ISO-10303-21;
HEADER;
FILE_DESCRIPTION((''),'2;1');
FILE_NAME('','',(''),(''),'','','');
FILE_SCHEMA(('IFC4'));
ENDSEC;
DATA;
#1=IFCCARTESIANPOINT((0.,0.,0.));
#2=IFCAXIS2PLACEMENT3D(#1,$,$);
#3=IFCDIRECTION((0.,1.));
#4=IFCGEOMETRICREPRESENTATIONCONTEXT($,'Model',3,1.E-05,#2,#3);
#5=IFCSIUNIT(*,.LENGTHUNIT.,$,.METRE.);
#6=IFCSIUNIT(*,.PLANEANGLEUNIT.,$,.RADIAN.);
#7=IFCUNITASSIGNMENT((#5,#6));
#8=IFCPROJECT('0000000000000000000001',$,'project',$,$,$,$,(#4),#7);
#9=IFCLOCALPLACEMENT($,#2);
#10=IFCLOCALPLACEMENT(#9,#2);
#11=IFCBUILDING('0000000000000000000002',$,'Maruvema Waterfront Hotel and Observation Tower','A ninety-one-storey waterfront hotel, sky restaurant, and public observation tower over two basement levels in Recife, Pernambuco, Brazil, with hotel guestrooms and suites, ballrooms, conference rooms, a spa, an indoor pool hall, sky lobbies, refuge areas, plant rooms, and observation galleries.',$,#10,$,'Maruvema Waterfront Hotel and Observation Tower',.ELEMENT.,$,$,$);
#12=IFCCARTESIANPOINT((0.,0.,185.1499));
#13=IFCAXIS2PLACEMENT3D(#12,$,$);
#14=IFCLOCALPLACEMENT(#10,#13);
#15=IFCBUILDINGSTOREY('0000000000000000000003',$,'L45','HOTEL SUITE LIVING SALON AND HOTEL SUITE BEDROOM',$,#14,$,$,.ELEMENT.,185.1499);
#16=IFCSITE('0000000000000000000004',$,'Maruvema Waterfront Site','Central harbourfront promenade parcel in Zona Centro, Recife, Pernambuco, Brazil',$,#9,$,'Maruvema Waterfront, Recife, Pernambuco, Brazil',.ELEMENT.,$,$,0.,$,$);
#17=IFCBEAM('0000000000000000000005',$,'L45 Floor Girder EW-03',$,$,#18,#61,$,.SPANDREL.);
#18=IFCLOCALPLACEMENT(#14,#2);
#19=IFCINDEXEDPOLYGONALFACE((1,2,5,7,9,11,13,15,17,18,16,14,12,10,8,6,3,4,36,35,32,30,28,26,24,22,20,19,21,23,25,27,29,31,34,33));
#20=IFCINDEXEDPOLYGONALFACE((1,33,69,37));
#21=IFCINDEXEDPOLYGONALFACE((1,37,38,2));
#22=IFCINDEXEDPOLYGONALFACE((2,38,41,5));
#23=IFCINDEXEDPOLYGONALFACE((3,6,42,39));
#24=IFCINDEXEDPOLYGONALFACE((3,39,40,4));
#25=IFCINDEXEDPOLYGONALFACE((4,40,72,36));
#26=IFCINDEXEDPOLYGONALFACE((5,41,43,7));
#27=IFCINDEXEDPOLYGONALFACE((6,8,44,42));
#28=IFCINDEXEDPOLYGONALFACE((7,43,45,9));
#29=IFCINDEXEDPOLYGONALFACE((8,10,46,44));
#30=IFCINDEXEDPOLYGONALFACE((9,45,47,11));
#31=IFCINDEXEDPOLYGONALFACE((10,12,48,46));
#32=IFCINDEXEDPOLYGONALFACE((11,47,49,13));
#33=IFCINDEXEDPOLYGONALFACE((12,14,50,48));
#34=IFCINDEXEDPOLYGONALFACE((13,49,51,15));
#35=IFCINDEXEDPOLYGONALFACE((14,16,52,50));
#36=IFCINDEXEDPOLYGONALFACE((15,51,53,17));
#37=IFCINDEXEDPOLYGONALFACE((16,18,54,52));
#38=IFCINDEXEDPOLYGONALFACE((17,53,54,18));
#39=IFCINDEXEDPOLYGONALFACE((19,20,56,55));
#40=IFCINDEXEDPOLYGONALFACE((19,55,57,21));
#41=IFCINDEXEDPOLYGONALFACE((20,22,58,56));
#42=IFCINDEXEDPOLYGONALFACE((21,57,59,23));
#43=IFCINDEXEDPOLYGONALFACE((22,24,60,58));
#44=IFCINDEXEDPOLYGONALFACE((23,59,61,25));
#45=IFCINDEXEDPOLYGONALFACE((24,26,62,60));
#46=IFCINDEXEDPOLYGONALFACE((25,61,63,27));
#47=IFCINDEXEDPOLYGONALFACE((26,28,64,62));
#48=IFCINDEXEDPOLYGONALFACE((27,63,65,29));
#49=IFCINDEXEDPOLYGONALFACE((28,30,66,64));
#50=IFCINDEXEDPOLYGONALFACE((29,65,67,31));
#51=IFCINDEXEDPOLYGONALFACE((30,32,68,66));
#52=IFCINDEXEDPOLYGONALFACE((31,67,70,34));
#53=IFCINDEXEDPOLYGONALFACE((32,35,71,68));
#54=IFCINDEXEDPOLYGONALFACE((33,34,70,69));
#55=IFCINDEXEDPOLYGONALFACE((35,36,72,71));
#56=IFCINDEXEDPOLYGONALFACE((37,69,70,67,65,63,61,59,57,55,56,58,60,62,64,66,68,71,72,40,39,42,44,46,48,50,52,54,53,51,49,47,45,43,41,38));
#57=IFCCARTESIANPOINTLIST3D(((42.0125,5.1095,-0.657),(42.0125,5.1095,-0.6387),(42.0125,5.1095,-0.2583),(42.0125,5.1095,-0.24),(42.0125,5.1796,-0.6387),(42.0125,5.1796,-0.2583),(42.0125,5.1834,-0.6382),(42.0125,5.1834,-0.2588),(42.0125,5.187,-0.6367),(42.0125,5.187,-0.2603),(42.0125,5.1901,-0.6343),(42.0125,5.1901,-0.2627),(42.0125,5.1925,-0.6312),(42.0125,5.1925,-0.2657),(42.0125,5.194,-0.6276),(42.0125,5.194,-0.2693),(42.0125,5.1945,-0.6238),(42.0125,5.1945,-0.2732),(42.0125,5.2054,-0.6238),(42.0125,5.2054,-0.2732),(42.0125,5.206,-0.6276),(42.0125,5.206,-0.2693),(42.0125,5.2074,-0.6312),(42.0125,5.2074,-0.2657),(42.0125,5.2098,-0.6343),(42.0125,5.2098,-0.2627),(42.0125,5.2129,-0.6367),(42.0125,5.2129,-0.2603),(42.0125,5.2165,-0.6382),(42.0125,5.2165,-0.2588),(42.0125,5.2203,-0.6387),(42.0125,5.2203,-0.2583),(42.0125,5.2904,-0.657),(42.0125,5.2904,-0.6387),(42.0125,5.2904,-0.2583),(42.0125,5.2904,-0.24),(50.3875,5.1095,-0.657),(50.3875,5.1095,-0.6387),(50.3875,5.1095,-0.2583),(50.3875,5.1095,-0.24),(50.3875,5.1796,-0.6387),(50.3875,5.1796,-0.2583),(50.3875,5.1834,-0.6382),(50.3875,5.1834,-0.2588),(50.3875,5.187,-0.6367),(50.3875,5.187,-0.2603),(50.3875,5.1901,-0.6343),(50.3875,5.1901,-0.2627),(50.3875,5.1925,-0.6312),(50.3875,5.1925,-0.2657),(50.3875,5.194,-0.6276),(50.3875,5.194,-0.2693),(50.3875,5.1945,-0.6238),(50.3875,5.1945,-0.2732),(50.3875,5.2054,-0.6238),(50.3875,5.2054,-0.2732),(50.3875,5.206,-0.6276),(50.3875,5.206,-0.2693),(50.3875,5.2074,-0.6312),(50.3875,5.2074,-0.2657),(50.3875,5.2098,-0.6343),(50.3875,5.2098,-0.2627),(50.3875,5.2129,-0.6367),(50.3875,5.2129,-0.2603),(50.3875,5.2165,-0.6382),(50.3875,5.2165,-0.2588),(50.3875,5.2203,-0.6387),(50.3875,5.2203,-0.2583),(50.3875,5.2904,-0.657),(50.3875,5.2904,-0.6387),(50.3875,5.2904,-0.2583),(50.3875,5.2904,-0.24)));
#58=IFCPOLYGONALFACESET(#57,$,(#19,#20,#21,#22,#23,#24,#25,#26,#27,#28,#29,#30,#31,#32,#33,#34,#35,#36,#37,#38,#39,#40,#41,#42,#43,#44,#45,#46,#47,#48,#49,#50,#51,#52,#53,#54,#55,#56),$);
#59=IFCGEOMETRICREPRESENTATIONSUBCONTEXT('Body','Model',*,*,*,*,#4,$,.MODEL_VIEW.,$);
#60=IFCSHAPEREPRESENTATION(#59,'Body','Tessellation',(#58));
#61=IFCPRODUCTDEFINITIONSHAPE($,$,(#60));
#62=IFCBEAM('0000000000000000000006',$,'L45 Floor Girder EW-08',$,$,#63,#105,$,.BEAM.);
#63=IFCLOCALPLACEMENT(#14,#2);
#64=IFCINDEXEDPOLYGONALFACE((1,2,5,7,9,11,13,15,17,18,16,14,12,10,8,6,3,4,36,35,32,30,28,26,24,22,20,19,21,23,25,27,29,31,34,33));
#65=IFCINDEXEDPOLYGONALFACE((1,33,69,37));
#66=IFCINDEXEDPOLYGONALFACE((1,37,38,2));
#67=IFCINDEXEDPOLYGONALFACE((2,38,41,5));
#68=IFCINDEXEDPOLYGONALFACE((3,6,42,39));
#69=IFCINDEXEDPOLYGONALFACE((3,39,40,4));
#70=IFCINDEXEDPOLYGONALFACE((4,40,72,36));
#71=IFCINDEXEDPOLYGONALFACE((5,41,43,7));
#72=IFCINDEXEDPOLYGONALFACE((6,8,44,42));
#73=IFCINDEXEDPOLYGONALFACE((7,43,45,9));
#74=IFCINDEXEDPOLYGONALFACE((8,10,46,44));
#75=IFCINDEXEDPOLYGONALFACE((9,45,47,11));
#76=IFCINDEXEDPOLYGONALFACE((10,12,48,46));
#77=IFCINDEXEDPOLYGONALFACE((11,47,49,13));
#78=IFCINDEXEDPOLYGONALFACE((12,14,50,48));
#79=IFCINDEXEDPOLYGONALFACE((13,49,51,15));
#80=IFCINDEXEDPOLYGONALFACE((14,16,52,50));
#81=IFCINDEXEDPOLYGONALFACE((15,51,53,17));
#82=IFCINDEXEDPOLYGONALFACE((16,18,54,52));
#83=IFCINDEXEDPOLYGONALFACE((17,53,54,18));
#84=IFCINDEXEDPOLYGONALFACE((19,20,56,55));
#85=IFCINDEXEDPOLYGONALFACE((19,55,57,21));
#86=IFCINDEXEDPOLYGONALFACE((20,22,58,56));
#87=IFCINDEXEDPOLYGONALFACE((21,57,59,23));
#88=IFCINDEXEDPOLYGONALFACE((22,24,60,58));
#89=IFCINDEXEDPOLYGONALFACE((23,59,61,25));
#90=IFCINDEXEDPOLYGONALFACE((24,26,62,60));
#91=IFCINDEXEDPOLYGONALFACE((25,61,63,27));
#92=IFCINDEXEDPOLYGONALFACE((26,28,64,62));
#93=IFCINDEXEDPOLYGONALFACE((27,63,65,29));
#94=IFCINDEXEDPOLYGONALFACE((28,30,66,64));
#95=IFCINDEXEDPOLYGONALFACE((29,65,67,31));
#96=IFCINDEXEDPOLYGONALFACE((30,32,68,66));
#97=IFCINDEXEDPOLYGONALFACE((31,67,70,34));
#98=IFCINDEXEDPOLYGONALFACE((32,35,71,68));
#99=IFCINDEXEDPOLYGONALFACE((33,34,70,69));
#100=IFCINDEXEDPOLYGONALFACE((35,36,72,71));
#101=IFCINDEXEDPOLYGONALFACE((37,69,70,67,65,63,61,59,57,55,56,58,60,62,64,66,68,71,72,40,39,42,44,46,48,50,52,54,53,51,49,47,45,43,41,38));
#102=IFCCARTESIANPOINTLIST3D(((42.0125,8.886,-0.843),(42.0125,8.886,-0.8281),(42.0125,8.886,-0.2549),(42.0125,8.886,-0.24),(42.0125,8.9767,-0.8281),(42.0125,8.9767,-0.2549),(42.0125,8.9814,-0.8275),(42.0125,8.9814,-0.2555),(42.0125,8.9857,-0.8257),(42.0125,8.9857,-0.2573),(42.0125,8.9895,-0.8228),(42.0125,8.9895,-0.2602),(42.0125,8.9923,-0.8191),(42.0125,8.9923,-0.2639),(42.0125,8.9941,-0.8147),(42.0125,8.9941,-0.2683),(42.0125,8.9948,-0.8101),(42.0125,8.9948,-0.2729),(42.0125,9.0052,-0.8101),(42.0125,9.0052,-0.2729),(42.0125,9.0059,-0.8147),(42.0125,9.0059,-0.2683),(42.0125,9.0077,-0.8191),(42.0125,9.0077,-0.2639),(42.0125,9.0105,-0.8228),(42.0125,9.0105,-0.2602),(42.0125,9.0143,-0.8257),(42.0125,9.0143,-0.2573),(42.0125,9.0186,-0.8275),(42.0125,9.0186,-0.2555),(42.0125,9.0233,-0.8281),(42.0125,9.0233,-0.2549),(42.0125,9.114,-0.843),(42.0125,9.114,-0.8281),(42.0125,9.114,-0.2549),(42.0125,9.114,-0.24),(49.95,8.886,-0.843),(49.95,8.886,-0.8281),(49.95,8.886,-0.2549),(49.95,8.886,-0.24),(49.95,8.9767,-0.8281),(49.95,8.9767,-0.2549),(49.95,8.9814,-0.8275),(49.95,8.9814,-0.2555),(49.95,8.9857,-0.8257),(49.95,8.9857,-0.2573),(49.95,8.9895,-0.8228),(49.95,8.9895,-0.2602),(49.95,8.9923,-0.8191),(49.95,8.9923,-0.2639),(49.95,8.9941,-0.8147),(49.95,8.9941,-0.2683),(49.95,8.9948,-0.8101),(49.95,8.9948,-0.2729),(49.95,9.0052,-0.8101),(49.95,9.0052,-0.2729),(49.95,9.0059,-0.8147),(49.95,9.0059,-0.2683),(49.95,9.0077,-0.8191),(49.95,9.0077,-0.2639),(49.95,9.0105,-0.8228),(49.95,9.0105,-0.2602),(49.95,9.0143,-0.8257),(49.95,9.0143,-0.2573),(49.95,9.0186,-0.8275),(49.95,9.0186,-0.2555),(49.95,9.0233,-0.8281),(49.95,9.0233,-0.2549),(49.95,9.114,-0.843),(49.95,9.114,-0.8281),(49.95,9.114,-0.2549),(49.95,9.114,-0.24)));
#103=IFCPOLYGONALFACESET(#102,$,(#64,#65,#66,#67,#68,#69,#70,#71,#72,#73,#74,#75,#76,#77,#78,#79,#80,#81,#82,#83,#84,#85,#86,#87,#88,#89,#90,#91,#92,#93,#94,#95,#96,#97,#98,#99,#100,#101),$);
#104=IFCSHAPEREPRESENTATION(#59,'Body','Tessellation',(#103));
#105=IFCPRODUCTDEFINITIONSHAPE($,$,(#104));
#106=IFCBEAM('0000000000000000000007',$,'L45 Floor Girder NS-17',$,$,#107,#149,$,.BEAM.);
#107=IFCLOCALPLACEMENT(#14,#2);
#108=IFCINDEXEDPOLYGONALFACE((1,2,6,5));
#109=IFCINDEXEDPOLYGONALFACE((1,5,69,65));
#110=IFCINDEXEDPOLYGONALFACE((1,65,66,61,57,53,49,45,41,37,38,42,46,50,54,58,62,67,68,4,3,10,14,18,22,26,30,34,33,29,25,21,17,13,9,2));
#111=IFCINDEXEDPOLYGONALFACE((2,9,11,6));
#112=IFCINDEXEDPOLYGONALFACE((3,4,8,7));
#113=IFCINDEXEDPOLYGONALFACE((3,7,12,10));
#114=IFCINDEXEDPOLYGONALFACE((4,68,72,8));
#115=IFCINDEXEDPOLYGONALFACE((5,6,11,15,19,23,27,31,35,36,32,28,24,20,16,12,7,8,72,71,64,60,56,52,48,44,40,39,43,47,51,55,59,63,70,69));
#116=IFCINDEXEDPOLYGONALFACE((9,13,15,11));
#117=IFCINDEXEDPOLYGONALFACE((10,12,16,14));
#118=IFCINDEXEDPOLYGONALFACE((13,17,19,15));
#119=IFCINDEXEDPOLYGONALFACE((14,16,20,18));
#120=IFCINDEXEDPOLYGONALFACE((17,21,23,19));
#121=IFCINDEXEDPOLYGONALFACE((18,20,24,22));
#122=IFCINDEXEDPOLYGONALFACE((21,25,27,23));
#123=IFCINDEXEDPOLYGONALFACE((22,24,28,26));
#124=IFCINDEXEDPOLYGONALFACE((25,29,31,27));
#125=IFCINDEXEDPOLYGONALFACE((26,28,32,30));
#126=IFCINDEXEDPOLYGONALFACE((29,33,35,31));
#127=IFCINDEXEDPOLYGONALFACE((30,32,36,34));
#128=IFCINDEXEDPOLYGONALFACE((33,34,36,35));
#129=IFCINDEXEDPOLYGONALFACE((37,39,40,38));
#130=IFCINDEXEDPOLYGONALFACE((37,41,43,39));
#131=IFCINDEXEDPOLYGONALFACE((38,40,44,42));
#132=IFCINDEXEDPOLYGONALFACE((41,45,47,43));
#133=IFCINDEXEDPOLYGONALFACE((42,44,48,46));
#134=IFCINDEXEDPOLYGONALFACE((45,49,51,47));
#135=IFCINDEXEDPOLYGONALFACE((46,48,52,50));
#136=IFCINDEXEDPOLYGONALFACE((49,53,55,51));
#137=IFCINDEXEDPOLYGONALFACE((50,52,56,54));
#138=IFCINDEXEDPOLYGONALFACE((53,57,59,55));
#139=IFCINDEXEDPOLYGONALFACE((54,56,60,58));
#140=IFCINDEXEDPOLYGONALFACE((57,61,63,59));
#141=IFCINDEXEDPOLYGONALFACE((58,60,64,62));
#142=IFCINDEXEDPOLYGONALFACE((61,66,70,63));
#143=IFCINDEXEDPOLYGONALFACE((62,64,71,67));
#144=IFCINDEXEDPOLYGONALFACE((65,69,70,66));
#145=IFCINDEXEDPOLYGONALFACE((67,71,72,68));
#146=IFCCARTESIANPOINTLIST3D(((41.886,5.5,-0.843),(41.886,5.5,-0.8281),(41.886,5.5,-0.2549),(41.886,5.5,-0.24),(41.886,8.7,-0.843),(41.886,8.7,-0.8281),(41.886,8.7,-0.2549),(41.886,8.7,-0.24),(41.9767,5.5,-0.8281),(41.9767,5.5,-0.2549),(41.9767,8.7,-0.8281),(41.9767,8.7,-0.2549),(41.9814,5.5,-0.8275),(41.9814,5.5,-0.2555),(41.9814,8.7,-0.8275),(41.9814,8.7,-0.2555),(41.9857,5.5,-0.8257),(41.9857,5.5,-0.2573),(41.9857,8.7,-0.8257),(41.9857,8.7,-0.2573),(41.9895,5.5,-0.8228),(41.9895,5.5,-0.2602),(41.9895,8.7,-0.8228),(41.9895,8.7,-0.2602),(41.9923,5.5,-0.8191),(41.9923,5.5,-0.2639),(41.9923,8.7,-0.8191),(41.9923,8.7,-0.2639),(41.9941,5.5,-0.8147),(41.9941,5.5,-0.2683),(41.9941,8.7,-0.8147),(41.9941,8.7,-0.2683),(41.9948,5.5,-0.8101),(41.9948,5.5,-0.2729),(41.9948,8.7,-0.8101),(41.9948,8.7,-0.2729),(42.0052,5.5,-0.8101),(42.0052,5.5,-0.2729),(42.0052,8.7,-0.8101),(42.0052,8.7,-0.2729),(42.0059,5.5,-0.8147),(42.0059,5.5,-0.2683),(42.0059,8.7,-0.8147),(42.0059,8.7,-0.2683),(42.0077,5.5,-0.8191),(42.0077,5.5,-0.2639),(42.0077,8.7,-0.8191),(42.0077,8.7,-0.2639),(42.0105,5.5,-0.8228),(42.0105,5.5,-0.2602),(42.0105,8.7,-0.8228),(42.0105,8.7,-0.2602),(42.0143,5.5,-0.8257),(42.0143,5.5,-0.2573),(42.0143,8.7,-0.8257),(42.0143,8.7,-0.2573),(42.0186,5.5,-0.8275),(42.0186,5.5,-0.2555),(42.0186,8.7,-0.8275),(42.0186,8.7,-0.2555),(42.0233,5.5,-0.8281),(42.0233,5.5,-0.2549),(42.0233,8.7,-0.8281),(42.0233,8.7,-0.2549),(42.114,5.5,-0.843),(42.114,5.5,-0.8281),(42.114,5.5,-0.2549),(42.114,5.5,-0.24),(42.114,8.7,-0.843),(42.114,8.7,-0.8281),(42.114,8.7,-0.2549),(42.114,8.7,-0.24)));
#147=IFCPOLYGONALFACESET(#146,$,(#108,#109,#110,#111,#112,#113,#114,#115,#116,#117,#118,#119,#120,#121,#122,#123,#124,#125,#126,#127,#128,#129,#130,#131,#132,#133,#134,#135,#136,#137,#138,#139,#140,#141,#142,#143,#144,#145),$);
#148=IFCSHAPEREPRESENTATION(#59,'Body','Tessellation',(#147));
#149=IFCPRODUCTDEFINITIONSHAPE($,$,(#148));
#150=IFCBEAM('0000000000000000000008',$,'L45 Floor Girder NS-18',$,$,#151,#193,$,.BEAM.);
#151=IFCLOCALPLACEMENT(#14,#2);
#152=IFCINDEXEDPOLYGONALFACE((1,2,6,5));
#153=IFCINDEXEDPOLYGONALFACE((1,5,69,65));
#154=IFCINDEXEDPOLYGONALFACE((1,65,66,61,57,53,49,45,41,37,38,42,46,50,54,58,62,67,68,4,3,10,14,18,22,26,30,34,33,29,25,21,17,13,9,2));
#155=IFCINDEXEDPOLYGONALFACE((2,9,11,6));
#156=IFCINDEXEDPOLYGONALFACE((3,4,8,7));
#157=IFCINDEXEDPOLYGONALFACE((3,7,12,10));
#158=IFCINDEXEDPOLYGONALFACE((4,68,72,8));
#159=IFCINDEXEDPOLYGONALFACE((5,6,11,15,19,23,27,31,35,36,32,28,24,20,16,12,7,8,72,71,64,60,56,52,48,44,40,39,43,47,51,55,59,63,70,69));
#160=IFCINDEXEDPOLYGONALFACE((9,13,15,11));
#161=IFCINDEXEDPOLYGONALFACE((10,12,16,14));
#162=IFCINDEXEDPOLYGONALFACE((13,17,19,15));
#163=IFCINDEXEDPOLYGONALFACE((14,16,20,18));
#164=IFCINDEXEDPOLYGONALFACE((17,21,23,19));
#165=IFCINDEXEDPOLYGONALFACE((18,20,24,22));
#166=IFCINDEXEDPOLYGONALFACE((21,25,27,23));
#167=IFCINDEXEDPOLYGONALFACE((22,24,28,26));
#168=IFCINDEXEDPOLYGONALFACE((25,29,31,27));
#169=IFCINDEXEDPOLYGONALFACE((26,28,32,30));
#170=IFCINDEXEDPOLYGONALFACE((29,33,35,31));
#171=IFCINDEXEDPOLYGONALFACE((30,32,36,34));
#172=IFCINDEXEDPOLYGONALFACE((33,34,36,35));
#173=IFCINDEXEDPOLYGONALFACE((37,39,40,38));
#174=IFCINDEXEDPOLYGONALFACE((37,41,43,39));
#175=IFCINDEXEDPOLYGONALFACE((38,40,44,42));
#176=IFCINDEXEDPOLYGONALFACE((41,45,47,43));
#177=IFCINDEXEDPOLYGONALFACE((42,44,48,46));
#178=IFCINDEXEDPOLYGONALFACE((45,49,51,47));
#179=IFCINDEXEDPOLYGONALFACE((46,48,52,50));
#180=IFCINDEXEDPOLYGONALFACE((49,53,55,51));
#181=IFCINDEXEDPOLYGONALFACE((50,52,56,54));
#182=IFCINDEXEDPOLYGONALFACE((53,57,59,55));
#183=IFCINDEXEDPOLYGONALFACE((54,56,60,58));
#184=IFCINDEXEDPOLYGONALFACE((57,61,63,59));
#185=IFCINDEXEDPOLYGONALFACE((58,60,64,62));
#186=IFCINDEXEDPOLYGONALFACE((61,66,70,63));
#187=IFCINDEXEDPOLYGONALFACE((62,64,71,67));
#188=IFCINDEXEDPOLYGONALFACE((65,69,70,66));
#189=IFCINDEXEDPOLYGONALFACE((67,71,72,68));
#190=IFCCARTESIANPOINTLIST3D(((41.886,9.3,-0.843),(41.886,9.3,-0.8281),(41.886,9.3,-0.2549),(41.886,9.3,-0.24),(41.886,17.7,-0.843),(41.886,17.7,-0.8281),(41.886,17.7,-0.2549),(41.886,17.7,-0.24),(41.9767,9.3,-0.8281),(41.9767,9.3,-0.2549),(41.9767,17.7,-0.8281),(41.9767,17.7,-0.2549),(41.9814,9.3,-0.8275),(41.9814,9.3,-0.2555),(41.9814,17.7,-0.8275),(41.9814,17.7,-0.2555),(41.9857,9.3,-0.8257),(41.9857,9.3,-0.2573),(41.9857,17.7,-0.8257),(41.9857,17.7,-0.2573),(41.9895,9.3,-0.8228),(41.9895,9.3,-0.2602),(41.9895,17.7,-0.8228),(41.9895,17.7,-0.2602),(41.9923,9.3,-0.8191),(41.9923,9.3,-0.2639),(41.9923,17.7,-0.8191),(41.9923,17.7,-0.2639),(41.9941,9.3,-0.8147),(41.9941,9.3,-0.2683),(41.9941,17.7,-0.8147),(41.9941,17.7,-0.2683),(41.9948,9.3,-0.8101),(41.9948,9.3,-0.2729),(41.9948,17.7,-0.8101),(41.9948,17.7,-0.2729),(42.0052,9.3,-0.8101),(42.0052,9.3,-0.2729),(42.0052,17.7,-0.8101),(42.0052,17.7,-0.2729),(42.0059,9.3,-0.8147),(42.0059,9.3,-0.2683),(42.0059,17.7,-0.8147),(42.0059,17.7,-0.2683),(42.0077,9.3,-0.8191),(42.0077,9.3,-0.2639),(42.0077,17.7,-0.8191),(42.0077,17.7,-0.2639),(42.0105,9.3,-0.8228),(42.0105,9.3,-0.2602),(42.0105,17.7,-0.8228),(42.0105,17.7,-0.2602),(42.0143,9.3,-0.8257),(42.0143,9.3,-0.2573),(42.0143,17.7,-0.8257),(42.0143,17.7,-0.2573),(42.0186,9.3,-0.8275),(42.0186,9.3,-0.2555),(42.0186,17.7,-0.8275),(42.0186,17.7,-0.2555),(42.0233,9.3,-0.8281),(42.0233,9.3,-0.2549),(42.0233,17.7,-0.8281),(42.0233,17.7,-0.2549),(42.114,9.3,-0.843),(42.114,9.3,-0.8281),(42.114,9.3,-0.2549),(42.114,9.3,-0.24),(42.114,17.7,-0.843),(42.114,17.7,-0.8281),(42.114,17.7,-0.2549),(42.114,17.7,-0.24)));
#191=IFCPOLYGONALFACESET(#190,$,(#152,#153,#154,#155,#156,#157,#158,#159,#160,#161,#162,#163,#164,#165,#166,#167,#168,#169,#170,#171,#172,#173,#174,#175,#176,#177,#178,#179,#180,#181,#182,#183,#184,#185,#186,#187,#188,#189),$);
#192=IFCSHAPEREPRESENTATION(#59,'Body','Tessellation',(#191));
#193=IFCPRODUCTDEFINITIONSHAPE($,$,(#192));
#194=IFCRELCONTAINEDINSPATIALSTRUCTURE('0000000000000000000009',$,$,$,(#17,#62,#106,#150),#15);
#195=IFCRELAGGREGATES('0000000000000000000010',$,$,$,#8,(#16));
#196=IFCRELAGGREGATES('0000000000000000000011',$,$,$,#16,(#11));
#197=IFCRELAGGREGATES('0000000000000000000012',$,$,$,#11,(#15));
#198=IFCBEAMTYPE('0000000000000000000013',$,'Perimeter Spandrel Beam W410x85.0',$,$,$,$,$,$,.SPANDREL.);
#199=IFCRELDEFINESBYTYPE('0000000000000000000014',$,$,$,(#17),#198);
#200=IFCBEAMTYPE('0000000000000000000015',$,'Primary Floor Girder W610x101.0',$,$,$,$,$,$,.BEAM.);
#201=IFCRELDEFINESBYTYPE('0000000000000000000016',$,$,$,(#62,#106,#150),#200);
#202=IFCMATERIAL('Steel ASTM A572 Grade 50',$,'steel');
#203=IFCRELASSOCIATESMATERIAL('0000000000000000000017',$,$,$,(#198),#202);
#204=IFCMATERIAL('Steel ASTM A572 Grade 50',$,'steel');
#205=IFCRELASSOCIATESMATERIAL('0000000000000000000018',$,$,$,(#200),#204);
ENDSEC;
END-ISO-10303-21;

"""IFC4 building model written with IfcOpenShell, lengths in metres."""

from ifc_helpers import new_model, si_unit, direction, frame, origin, origin_2d, place, context, subcontext, project, spatial, i_section, extrude, material, material_profile, profile_set, type_object, element, save


model = new_model("IFC4")

# Units and contexts
model_context = context("Model", 3, precision=1e-05, world=origin(), true_north=direction((0.0, 1.0)))
body_context = subcontext(model_context, "Body", "Model", "MODEL_VIEW")
ifc_project = project(units=[si_unit("LENGTHUNIT", "METRE"), si_unit("PLANEANGLEUNIT", "RADIAN")], contexts=[model_context])

# Site, building, storey
site_placement = place(None, origin())
site = spatial("IfcSite", under=ifc_project, at=site_placement, Name="Maruvema Waterfront Site", Description="Central harbourfront promenade parcel in Zona Centro, Recife, Pernambuco, Brazil", LongName="Maruvema Waterfront, Recife, Pernambuco, Brazil", CompositionType="ELEMENT", RefElevation=0.0)
building_placement = place(site_placement, origin())
building = spatial("IfcBuilding", under=site, at=building_placement, Name="Maruvema Waterfront Hotel and Observation Tower", Description="A ninety-one-storey waterfront hotel, sky restaurant, and public observation tower over two basement levels in Recife, Pernambuco, Brazil, with hotel guestrooms and suites, ballrooms, conference rooms, a spa, an indoor pool hall, sky lobbies, refuge areas, plant rooms, and observation galleries.", LongName="Maruvema Waterfront Hotel and Observation Tower", CompositionType="ELEMENT")
storey_placement = place(building_placement, frame((0.0, 0.0, 185.1499)))
storey = spatial("IfcBuildingStorey", under=building, at=storey_placement, Name="L45", Description="HOTEL SUITE LIVING SALON AND HOTEL SUITE BEDROOM", CompositionType="ELEMENT", Elevation=185.1499)

# Beams
ifc_material_1 = material(Name="Steel ASTM A572 Grade 50", Category="steel")
ifc_material_profile_1 = material_profile(ifc_material_1, i_section(OverallWidth=0.1809, OverallDepth=0.417, WebThickness=0.011, FlangeThickness=0.0183, FilletRadius=0.0149, at=origin_2d()), Name="W410x85.0")
ifc_profile_set_1 = profile_set([ifc_material_profile_1], Name="Steel ASTM A572 Grade 50")
beam_type_1 = type_object("IfcBeamType", Name="Perimeter Spandrel Beam W410x85.0", PredefinedType="SPANDREL", material=ifc_profile_set_1)
beam_1_placement = place(storey_placement, frame((42.0125, 5.2, -0.4485), z_axis=(1.0, 0.0, 0.0), x_axis=(0.0, 1.0, 0.0)))
element("IfcBeam", 1, at=beam_1_placement, inside=storey, type_object=beam_type_1, Name="L45 Floor Girder EW-03", PredefinedType="SPANDREL", context=body_context, shape_type="SweptSolid", body=[
    extrude(i_section(OverallWidth=0.1809, OverallDepth=0.417, WebThickness=0.011, FlangeThickness=0.0183, FilletRadius=0.0149, at=origin_2d()), origin(), (0.0, 0.0, 1.0), 8.375),
])
ifc_material_2 = material(Name="Steel ASTM A572 Grade 50", Category="steel")
ifc_material_profile_2 = material_profile(ifc_material_2, i_section(OverallWidth=0.228, OverallDepth=0.603, WebThickness=0.0105, FlangeThickness=0.0149, FilletRadius=0.0181, at=origin_2d()), Name="W610x101.0")
ifc_profile_set_2 = profile_set([ifc_material_profile_2], Name="Steel ASTM A572 Grade 50")
beam_type_2 = type_object("IfcBeamType", Name="Primary Floor Girder W610x101.0", PredefinedType="BEAM", material=ifc_profile_set_2)
beam_2_placement = place(storey_placement, frame((42.0125, 9.0, -0.5415), z_axis=(1.0, 0.0, 0.0), x_axis=(0.0, 1.0, 0.0)))
element("IfcBeam", 2, at=beam_2_placement, inside=storey, type_object=beam_type_2, Name="L45 Floor Girder EW-08", PredefinedType="BEAM", context=body_context, shape_type="SweptSolid", body=[
    extrude(i_section(OverallWidth=0.228, OverallDepth=0.603, WebThickness=0.0105, FlangeThickness=0.0149, FilletRadius=0.0181, at=origin_2d()), origin(), (0.0, 0.0, 1.0), 7.9375),
])
beam_3_placement = place(storey_placement, frame((42.0, 5.5, -0.5415), z_axis=(0.0, 1.0, 0.0), x_axis=(-1.0, 0.0, 0.0)))
element("IfcBeam", 3, at=beam_3_placement, inside=storey, type_object=beam_type_2, Name="L45 Floor Girder NS-17", PredefinedType="BEAM", context=body_context, shape_type="SweptSolid", body=[
    extrude(i_section(OverallWidth=0.228, OverallDepth=0.603, WebThickness=0.0105, FlangeThickness=0.0149, FilletRadius=0.0181, at=origin_2d()), origin(), (0.0, 0.0, 1.0), 3.2),
])
beam_4_placement = place(storey_placement, frame((42.0, 9.3, -0.5415), z_axis=(0.0, 1.0, 0.0), x_axis=(-1.0, 0.0, 0.0)))
element("IfcBeam", 4, at=beam_4_placement, inside=storey, type_object=beam_type_2, Name="L45 Floor Girder NS-18", PredefinedType="BEAM", context=body_context, shape_type="SweptSolid", body=[
    extrude(i_section(OverallWidth=0.228, OverallDepth=0.603, WebThickness=0.0105, FlangeThickness=0.0149, FilletRadius=0.0181, at=origin_2d()), origin(), (0.0, 0.0, 1.0), 8.3999),
])

save(model, "model.ifc")
